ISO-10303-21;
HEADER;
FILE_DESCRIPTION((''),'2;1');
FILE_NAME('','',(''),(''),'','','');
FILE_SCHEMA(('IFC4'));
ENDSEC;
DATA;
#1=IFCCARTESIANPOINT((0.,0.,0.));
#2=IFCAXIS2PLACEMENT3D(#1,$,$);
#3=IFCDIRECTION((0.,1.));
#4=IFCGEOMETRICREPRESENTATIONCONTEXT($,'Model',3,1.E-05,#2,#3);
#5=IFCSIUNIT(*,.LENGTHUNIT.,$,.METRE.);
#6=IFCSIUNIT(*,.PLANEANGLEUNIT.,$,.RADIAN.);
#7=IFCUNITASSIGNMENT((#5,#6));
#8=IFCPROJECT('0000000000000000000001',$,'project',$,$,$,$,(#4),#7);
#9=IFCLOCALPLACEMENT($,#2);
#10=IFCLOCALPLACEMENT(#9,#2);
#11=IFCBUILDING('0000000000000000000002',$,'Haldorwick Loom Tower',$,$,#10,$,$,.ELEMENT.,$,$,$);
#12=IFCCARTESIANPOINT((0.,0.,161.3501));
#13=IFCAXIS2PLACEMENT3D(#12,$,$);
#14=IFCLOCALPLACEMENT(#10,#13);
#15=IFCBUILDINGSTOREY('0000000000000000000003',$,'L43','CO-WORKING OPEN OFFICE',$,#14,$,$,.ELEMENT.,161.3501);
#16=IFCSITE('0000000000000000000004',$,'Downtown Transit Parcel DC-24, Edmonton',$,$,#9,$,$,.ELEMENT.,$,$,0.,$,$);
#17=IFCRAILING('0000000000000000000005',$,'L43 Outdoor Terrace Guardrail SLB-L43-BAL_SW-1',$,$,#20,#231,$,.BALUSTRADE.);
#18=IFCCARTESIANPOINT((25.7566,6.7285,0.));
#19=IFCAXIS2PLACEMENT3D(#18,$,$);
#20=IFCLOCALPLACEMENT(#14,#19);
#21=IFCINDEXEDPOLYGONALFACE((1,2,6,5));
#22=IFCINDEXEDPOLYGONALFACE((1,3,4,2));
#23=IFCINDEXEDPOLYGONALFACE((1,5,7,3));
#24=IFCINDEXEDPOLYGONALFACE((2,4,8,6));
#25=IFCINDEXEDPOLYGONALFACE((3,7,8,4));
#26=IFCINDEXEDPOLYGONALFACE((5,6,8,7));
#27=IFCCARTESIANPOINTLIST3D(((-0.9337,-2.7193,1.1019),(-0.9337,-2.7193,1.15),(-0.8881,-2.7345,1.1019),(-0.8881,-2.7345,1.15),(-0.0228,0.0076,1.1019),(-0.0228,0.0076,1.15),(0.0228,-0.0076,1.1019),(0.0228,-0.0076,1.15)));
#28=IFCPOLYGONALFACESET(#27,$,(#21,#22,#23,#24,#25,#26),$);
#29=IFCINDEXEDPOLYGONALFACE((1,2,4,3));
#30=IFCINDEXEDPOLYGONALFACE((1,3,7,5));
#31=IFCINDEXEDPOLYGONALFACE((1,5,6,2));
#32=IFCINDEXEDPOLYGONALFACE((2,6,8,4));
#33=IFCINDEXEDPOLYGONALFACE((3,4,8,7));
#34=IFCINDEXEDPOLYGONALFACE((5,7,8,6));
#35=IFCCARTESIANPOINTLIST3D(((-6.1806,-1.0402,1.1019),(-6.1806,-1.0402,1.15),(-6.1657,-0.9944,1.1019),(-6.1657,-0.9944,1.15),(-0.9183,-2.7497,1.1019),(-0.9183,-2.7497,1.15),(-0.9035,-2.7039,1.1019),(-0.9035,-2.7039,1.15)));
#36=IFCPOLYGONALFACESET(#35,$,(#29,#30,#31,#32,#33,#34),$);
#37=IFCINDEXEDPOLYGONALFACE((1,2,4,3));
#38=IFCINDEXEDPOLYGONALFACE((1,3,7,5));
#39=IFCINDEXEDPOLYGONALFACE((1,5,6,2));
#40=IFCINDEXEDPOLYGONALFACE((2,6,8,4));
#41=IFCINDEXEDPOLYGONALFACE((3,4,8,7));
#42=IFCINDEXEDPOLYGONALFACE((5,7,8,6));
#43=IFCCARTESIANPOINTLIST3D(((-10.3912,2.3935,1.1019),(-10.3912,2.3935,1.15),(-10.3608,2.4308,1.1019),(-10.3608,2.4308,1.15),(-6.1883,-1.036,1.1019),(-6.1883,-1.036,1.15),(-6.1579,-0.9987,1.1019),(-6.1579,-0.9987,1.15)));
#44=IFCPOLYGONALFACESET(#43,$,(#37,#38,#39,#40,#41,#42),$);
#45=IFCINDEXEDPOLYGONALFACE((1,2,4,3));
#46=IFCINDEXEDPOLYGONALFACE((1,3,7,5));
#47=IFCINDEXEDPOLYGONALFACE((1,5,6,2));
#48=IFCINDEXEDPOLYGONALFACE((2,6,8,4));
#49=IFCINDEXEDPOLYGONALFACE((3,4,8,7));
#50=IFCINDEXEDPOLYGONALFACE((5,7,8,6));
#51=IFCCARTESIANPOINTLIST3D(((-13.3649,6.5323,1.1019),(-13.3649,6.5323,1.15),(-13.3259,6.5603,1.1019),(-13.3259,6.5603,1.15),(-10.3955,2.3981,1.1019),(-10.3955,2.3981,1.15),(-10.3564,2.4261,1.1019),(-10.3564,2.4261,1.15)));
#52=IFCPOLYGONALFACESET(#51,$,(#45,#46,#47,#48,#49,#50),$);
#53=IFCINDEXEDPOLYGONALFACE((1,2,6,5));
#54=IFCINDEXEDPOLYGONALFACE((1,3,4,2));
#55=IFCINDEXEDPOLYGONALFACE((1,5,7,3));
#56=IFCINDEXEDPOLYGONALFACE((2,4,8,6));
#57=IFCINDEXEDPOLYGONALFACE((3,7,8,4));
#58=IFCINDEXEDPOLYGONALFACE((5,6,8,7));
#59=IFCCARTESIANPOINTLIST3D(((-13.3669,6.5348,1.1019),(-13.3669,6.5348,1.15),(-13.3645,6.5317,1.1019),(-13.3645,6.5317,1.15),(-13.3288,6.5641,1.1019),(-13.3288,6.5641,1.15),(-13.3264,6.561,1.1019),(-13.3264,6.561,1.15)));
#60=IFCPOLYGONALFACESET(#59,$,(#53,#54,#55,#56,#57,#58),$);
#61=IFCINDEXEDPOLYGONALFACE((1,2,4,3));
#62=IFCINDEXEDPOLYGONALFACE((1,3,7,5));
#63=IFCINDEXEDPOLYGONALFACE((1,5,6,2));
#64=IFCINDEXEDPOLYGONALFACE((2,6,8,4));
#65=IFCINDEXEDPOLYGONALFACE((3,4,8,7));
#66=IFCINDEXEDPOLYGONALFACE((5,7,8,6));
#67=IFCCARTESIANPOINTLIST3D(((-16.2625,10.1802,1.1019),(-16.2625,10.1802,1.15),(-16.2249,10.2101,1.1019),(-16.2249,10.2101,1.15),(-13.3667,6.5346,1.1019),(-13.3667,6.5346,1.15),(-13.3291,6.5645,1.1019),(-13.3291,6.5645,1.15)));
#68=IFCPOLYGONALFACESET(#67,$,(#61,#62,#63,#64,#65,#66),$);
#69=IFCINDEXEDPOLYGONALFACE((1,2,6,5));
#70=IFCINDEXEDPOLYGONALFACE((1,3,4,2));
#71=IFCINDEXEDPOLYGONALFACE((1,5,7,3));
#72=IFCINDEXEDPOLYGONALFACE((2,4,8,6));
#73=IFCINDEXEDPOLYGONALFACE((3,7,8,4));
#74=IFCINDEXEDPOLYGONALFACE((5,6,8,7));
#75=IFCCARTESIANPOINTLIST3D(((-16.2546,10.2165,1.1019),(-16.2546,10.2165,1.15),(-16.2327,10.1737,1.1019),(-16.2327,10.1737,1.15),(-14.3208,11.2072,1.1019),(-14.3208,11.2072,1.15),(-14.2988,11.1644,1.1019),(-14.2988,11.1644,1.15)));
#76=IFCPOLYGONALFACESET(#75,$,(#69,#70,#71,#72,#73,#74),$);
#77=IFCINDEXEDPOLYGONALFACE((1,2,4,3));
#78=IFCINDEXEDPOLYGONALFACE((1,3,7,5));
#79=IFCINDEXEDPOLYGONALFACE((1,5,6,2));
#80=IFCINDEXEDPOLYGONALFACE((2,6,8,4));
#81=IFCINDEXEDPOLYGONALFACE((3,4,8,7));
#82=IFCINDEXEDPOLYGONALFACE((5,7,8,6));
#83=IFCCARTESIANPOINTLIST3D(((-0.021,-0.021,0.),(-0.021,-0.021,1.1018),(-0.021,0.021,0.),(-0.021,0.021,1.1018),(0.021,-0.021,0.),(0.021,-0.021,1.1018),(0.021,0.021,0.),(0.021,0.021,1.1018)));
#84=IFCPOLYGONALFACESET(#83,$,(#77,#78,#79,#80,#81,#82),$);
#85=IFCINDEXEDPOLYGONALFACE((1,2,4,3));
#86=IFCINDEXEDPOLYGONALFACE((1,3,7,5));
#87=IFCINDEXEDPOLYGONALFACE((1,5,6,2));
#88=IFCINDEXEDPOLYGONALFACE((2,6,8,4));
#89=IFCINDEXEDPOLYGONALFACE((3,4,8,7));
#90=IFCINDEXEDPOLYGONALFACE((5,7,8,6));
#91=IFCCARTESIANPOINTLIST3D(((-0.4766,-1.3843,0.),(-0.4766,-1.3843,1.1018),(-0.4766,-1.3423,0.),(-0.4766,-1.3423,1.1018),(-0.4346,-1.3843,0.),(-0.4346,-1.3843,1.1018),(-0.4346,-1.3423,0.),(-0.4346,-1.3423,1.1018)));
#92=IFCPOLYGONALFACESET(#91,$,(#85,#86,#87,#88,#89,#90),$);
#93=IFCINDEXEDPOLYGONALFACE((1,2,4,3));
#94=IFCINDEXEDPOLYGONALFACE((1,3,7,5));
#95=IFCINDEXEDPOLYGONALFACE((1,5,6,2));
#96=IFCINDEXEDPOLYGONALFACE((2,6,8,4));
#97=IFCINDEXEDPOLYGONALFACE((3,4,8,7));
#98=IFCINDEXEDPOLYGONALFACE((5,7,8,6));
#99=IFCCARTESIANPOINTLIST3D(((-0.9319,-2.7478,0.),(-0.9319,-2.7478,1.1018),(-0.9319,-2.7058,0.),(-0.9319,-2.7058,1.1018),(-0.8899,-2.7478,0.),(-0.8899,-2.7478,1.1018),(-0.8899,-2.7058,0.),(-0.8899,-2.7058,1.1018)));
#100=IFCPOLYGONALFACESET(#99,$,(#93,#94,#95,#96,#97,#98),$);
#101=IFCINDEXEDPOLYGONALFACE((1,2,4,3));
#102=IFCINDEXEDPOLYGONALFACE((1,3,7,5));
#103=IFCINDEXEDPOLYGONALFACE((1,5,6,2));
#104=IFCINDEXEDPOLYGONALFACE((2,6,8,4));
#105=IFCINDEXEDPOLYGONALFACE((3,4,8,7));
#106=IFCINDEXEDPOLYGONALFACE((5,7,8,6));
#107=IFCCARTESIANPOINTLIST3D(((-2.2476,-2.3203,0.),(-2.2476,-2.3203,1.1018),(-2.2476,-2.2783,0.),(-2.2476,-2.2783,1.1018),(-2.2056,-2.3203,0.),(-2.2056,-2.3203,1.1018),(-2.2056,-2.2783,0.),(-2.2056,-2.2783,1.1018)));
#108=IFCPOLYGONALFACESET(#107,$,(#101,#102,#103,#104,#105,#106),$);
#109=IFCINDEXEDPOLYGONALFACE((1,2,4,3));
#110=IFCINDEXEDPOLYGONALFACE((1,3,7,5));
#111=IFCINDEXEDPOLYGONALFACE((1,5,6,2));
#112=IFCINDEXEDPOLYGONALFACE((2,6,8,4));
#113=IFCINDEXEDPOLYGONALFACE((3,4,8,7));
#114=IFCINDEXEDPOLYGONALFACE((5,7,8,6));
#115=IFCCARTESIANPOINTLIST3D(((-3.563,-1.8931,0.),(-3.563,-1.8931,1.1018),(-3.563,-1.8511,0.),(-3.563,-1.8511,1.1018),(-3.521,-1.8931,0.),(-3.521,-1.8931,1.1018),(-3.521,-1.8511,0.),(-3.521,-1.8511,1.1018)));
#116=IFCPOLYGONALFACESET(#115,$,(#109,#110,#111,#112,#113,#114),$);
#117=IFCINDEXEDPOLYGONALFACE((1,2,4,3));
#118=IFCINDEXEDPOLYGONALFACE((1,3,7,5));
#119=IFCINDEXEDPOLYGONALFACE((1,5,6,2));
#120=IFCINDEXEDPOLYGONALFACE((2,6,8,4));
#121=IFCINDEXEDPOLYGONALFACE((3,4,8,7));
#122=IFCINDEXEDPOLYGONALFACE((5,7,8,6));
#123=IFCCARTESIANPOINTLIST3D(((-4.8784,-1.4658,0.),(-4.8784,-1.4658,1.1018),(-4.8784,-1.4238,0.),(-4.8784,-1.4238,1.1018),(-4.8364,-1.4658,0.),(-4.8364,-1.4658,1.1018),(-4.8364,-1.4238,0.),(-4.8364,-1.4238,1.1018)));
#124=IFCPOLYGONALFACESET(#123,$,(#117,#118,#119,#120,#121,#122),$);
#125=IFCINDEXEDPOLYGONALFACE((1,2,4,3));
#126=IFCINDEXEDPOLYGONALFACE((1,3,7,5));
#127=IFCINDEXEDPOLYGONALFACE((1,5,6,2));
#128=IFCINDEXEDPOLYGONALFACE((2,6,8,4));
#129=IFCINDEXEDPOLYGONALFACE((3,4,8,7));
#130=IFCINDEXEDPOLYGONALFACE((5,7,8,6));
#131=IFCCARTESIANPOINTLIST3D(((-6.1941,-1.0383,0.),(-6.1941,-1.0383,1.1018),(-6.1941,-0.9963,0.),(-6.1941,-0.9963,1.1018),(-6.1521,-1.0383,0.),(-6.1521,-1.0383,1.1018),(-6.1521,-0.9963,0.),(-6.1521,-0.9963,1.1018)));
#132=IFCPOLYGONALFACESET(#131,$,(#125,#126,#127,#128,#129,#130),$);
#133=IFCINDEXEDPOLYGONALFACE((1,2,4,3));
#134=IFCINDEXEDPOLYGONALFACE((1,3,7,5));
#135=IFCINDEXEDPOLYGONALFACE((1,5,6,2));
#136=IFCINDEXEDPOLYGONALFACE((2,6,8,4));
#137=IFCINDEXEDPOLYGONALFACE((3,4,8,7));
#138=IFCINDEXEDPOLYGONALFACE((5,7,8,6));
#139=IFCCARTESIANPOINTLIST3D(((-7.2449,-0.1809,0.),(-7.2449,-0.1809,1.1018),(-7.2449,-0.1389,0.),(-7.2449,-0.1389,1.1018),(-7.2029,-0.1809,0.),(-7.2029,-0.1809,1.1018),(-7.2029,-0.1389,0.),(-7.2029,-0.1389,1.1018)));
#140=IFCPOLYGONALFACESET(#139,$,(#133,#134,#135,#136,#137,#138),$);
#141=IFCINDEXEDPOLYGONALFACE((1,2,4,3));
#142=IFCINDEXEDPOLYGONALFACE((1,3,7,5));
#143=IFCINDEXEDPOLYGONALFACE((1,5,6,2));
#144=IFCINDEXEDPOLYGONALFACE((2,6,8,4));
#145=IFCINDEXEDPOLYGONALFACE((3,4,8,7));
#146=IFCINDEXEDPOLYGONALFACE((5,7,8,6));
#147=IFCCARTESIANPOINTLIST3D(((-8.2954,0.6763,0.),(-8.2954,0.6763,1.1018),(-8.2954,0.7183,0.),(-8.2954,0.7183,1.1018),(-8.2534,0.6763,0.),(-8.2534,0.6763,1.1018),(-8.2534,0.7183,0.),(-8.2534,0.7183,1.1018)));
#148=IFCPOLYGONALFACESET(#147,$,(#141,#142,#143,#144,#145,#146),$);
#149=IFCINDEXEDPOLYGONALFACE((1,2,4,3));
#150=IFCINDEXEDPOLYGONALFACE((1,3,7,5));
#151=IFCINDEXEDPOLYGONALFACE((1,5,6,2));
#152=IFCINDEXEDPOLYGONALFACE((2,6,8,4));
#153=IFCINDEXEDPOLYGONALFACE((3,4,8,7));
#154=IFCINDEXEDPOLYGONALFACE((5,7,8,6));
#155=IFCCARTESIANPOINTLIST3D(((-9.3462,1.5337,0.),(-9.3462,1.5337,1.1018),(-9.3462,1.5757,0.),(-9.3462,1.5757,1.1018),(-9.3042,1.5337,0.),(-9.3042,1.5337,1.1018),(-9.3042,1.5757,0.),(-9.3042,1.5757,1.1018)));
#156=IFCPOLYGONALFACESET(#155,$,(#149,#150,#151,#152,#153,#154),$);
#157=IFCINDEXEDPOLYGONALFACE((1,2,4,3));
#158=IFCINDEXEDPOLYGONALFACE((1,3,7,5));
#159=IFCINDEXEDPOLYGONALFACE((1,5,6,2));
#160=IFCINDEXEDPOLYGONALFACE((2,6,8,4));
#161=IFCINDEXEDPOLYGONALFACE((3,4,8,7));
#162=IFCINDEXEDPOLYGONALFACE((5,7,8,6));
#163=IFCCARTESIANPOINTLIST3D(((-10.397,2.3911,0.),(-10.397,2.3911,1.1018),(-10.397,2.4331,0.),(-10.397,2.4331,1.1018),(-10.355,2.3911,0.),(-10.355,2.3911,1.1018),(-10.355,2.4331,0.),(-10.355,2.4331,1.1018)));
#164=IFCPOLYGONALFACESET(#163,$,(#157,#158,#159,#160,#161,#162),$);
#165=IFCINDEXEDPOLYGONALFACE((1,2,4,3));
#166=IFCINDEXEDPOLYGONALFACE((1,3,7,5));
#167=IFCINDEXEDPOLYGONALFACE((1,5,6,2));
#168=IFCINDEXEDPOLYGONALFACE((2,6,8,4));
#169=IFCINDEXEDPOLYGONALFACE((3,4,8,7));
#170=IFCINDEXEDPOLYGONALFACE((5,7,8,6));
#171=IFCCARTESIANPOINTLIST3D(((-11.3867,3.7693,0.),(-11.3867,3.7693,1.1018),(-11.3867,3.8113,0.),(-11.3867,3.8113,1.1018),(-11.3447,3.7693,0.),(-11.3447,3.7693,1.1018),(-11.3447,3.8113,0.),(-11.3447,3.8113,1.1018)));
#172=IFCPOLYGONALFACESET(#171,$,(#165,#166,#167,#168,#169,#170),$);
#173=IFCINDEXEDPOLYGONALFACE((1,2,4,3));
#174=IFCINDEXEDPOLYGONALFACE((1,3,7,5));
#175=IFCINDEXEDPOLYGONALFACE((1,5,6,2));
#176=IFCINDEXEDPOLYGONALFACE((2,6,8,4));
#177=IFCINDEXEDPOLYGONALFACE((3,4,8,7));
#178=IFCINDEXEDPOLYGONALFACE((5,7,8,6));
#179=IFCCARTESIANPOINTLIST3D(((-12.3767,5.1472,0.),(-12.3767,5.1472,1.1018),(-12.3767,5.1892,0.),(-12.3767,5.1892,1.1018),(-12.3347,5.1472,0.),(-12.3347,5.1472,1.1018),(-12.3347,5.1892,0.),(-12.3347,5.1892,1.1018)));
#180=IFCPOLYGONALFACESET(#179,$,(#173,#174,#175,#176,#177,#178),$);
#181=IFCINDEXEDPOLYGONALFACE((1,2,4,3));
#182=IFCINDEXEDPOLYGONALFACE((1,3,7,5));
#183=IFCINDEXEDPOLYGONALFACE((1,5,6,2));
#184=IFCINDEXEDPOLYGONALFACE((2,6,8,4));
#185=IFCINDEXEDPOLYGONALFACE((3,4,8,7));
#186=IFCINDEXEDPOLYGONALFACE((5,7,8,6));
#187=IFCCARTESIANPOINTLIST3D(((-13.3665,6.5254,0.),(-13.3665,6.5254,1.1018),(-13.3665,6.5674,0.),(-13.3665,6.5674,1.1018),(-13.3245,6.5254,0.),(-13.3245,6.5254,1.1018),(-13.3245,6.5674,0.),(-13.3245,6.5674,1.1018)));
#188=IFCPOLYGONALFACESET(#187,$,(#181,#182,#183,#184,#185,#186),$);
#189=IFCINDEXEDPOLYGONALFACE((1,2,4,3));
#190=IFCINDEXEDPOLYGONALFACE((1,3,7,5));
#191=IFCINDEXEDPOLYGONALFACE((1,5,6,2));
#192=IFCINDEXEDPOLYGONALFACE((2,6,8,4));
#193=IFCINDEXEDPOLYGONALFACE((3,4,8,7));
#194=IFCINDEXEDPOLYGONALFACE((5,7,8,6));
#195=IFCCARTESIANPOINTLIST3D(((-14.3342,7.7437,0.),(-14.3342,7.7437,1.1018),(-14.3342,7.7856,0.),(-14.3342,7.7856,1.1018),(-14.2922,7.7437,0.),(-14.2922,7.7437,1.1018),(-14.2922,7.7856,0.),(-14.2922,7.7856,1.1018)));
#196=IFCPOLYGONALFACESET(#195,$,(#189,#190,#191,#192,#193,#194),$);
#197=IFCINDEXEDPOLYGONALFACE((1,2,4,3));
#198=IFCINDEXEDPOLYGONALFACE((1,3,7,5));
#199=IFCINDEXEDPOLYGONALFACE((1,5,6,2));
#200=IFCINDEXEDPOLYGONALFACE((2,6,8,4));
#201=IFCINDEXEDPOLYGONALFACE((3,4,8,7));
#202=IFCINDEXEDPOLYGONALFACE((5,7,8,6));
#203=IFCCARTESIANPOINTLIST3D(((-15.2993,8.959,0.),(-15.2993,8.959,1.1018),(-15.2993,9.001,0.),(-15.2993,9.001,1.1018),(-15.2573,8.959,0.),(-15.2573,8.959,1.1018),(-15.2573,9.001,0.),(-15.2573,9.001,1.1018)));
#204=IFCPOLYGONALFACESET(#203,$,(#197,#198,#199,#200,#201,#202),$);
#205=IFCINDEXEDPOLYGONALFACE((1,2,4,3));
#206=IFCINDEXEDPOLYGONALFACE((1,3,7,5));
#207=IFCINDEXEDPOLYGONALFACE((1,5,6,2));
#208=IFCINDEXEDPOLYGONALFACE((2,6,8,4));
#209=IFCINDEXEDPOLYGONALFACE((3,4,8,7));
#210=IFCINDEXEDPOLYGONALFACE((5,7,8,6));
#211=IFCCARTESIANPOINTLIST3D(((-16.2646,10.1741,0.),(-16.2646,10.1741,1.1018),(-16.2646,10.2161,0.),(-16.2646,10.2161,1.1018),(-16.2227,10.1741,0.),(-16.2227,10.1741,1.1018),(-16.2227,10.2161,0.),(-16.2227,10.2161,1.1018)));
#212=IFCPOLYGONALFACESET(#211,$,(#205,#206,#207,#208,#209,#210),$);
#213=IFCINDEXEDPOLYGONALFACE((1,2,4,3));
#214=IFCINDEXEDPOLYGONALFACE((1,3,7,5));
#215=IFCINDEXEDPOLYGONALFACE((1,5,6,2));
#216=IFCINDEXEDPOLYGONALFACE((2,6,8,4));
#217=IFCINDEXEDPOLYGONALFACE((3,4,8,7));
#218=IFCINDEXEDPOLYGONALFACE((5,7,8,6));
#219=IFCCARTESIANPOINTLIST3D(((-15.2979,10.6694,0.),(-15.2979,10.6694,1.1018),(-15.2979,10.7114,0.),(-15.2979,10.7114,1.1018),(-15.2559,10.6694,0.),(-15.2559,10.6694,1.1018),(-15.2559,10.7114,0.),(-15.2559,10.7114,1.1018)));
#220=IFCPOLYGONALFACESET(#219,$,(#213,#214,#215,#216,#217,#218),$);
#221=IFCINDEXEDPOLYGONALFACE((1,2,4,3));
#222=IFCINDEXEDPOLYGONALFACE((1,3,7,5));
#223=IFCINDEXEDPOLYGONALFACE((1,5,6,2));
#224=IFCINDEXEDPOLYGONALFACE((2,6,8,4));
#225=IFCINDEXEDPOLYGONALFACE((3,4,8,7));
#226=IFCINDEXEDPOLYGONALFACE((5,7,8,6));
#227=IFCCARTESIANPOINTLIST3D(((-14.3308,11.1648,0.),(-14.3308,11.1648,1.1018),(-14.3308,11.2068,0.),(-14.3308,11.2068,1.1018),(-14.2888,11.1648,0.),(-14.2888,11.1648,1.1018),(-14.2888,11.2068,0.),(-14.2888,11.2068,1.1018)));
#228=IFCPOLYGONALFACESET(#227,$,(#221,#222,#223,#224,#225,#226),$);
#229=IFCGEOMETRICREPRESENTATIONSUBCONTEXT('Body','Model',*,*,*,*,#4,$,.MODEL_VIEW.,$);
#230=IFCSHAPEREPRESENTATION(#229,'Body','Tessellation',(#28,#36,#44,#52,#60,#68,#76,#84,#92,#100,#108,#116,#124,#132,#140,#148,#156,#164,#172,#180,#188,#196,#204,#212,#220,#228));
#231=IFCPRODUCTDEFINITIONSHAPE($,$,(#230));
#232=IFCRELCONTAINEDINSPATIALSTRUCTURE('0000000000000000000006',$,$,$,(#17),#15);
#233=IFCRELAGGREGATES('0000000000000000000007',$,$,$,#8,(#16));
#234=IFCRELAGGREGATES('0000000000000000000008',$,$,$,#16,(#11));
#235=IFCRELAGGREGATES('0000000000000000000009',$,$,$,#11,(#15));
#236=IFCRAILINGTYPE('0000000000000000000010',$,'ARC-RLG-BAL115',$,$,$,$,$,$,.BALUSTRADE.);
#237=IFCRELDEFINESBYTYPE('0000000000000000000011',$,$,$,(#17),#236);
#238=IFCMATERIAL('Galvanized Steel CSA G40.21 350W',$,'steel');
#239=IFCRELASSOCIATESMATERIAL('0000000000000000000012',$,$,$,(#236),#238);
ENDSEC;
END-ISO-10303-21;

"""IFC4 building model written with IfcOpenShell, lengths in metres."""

from ifc_helpers import new_model, si_unit, direction, frame, origin, origin_2d, place, context, subcontext, project, spatial, rectangle, extrude, material, type_object, element, save


model = new_model("IFC4")

# Units and contexts
model_context = context("Model", 3, precision=1e-05, world=origin(), true_north=direction((0.0, 1.0)))
body_context = subcontext(model_context, "Body", "Model", "MODEL_VIEW")
ifc_project = project(units=[si_unit("LENGTHUNIT", "METRE"), si_unit("PLANEANGLEUNIT", "RADIAN")], contexts=[model_context])

# Site, building, storey
site_placement = place(None, origin())
site = spatial("IfcSite", under=ifc_project, at=site_placement, Name="Downtown Transit Parcel DC-24, Edmonton", CompositionType="ELEMENT", RefElevation=0.0)
building_placement = place(site_placement, origin())
building = spatial("IfcBuilding", under=site, at=building_placement, Name="Haldorwick Loom Tower", CompositionType="ELEMENT")
storey_placement = place(building_placement, frame((0.0, 0.0, 161.3501)))
storey = spatial("IfcBuildingStorey", under=building, at=storey_placement, Name="L43", Description="CO-WORKING OPEN OFFICE", CompositionType="ELEMENT", Elevation=161.3501)

# Railing
ifc_material_1 = material(Name="Galvanized Steel CSA G40.21 350W", Category="steel")
railing_type = type_object("IfcRailingType", Name="ARC-RLG-BAL115", PredefinedType="BALUSTRADE", material=ifc_material_1)
railing_placement = place(storey_placement, frame((25.7566, 6.7285, 0.0)))
element("IfcRailing", 1, at=railing_placement, inside=storey, type_object=railing_type, Name="L43 Outdoor Terrace Guardrail SLB-L43-BAL_SW-1", PredefinedType="BALUSTRADE", context=body_context, shape_type="SweptSolid", body=[
    extrude(rectangle(XDim=0.0481, YDim=0.0481, at=origin_2d()), frame((0.0, 0.0, 1.126), z_axis=(-0.316839, -0.948479, 0.0), x_axis=(0.948479, -0.316839, 0.0)), (0.0, 0.0, 1.0), 2.875),
    extrude(rectangle(XDim=0.0481, YDim=0.0481, at=origin_2d()), frame((-0.9109, -2.7268, 1.126), z_axis=(-0.951074, 0.308964, 0.0), x_axis=(-0.308964, -0.951074, 0.0)), (0.0, 0.0, 1.0), 5.533),
    extrude(rectangle(XDim=0.0481, YDim=0.0481, at=origin_2d()), frame((-6.1731, -1.0173, 1.126), z_axis=(-0.774795, 0.632213, 0.0), x_axis=(-0.632213, -0.774795, 0.0)), (0.0, 0.0, 1.0), 5.4246),
    extrude(rectangle(XDim=0.0481, YDim=0.0481, at=origin_2d()), frame((-10.376, 2.4121, 1.126), z_axis=(-0.583373, 0.812204, 0.0), x_axis=(-0.812204, -0.583373, 0.0)), (0.0, 0.0, 1.0), 5.0901),
    extrude(rectangle(XDim=0.0481, YDim=0.0481, at=origin_2d()), frame((-13.3455, 6.5464, 1.126), z_axis=(-0.609711, 0.792624, 0.0), x_axis=(-0.792624, -0.609711, 0.0)), (0.0, 0.0, 1.0), 0.0039),
    extrude(rectangle(XDim=0.0481, YDim=0.0481, at=origin_2d()), frame((-13.3479, 6.5496, 1.126), z_axis=(-0.621986, 0.783028, 0.0), x_axis=(-0.783028, -0.621986, 0.0)), (0.0, 0.0, 1.0), 4.6558),
    extrude(rectangle(XDim=0.0481, YDim=0.0481, at=origin_2d()), frame((-16.2437, 10.1951, 1.126), z_axis=(0.890002, 0.455956, 0.0), x_axis=(-0.455956, 0.890002, 0.0)), (0.0, 0.0, 1.0), 2.1729),
    extrude(rectangle(XDim=0.042, YDim=0.042, at=origin_2d()), origin(), (0.0, 0.0, 1.0), 1.1018),
    extrude(rectangle(XDim=0.042, YDim=0.042, at=origin_2d()), frame((-0.4556, -1.3633, 0.0)), (0.0, 0.0, 1.0), 1.1018),
    extrude(rectangle(XDim=0.042, YDim=0.042, at=origin_2d()), frame((-0.9109, -2.7268, 0.0)), (0.0, 0.0, 1.0), 1.1018),
    extrude(rectangle(XDim=0.042, YDim=0.042, at=origin_2d()), frame((-2.2266, -2.2993, 0.0)), (0.0, 0.0, 1.0), 1.1018),
    extrude(rectangle(XDim=0.042, YDim=0.042, at=origin_2d()), frame((-3.542, -1.8721, 0.0)), (0.0, 0.0, 1.0), 1.1018),
    extrude(rectangle(XDim=0.042, YDim=0.042, at=origin_2d()), frame((-4.8574, -1.4448, 0.0)), (0.0, 0.0, 1.0), 1.1018),
    extrude(rectangle(XDim=0.042, YDim=0.042, at=origin_2d()), frame((-6.1731, -1.0173, 0.0)), (0.0, 0.0, 1.0), 1.1018),
    extrude(rectangle(XDim=0.042, YDim=0.042, at=origin_2d()), frame((-7.2239, -0.1599, 0.0)), (0.0, 0.0, 1.0), 1.1018),
    extrude(rectangle(XDim=0.042, YDim=0.042, at=origin_2d()), frame((-8.2744, 0.6973, 0.0)), (0.0, 0.0, 1.0), 1.1018),
    extrude(rectangle(XDim=0.042, YDim=0.042, at=origin_2d()), frame((-9.3252, 1.5547, 0.0)), (0.0, 0.0, 1.0), 1.1018),
    extrude(rectangle(XDim=0.042, YDim=0.042, at=origin_2d()), frame((-10.376, 2.4121, 0.0)), (0.0, 0.0, 1.0), 1.1018),
    extrude(rectangle(XDim=0.042, YDim=0.042, at=origin_2d()), frame((-11.3657, 3.7903, 0.0)), (0.0, 0.0, 1.0), 1.1018),
    extrude(rectangle(XDim=0.042, YDim=0.042, at=origin_2d()), frame((-12.3557, 5.1682, 0.0)), (0.0, 0.0, 1.0), 1.1018),
    extrude(rectangle(XDim=0.042, YDim=0.042, at=origin_2d()), frame((-13.3455, 6.5464, 0.0)), (0.0, 0.0, 1.0), 1.1018),
    extrude(rectangle(XDim=0.042, YDim=0.042, at=origin_2d()), frame((-14.3132, 7.7646, 0.0)), (0.0, 0.0, 1.0), 1.1018),
    extrude(rectangle(XDim=0.042, YDim=0.042, at=origin_2d()), frame((-15.2783, 8.98, 0.0)), (0.0, 0.0, 1.0), 1.1018),
    extrude(rectangle(XDim=0.042, YDim=0.042, at=origin_2d()), frame((-16.2437, 10.1951, 0.0)), (0.0, 0.0, 1.0), 1.1018),
    extrude(rectangle(XDim=0.042, YDim=0.042, at=origin_2d()), frame((-15.2769, 10.6904, 0.0)), (0.0, 0.0, 1.0), 1.1018),
    extrude(rectangle(XDim=0.042, YDim=0.042, at=origin_2d()), frame((-14.3098, 11.1858, 0.0)), (0.0, 0.0, 1.0), 1.1018),
])

save(model, "model.ifc")
